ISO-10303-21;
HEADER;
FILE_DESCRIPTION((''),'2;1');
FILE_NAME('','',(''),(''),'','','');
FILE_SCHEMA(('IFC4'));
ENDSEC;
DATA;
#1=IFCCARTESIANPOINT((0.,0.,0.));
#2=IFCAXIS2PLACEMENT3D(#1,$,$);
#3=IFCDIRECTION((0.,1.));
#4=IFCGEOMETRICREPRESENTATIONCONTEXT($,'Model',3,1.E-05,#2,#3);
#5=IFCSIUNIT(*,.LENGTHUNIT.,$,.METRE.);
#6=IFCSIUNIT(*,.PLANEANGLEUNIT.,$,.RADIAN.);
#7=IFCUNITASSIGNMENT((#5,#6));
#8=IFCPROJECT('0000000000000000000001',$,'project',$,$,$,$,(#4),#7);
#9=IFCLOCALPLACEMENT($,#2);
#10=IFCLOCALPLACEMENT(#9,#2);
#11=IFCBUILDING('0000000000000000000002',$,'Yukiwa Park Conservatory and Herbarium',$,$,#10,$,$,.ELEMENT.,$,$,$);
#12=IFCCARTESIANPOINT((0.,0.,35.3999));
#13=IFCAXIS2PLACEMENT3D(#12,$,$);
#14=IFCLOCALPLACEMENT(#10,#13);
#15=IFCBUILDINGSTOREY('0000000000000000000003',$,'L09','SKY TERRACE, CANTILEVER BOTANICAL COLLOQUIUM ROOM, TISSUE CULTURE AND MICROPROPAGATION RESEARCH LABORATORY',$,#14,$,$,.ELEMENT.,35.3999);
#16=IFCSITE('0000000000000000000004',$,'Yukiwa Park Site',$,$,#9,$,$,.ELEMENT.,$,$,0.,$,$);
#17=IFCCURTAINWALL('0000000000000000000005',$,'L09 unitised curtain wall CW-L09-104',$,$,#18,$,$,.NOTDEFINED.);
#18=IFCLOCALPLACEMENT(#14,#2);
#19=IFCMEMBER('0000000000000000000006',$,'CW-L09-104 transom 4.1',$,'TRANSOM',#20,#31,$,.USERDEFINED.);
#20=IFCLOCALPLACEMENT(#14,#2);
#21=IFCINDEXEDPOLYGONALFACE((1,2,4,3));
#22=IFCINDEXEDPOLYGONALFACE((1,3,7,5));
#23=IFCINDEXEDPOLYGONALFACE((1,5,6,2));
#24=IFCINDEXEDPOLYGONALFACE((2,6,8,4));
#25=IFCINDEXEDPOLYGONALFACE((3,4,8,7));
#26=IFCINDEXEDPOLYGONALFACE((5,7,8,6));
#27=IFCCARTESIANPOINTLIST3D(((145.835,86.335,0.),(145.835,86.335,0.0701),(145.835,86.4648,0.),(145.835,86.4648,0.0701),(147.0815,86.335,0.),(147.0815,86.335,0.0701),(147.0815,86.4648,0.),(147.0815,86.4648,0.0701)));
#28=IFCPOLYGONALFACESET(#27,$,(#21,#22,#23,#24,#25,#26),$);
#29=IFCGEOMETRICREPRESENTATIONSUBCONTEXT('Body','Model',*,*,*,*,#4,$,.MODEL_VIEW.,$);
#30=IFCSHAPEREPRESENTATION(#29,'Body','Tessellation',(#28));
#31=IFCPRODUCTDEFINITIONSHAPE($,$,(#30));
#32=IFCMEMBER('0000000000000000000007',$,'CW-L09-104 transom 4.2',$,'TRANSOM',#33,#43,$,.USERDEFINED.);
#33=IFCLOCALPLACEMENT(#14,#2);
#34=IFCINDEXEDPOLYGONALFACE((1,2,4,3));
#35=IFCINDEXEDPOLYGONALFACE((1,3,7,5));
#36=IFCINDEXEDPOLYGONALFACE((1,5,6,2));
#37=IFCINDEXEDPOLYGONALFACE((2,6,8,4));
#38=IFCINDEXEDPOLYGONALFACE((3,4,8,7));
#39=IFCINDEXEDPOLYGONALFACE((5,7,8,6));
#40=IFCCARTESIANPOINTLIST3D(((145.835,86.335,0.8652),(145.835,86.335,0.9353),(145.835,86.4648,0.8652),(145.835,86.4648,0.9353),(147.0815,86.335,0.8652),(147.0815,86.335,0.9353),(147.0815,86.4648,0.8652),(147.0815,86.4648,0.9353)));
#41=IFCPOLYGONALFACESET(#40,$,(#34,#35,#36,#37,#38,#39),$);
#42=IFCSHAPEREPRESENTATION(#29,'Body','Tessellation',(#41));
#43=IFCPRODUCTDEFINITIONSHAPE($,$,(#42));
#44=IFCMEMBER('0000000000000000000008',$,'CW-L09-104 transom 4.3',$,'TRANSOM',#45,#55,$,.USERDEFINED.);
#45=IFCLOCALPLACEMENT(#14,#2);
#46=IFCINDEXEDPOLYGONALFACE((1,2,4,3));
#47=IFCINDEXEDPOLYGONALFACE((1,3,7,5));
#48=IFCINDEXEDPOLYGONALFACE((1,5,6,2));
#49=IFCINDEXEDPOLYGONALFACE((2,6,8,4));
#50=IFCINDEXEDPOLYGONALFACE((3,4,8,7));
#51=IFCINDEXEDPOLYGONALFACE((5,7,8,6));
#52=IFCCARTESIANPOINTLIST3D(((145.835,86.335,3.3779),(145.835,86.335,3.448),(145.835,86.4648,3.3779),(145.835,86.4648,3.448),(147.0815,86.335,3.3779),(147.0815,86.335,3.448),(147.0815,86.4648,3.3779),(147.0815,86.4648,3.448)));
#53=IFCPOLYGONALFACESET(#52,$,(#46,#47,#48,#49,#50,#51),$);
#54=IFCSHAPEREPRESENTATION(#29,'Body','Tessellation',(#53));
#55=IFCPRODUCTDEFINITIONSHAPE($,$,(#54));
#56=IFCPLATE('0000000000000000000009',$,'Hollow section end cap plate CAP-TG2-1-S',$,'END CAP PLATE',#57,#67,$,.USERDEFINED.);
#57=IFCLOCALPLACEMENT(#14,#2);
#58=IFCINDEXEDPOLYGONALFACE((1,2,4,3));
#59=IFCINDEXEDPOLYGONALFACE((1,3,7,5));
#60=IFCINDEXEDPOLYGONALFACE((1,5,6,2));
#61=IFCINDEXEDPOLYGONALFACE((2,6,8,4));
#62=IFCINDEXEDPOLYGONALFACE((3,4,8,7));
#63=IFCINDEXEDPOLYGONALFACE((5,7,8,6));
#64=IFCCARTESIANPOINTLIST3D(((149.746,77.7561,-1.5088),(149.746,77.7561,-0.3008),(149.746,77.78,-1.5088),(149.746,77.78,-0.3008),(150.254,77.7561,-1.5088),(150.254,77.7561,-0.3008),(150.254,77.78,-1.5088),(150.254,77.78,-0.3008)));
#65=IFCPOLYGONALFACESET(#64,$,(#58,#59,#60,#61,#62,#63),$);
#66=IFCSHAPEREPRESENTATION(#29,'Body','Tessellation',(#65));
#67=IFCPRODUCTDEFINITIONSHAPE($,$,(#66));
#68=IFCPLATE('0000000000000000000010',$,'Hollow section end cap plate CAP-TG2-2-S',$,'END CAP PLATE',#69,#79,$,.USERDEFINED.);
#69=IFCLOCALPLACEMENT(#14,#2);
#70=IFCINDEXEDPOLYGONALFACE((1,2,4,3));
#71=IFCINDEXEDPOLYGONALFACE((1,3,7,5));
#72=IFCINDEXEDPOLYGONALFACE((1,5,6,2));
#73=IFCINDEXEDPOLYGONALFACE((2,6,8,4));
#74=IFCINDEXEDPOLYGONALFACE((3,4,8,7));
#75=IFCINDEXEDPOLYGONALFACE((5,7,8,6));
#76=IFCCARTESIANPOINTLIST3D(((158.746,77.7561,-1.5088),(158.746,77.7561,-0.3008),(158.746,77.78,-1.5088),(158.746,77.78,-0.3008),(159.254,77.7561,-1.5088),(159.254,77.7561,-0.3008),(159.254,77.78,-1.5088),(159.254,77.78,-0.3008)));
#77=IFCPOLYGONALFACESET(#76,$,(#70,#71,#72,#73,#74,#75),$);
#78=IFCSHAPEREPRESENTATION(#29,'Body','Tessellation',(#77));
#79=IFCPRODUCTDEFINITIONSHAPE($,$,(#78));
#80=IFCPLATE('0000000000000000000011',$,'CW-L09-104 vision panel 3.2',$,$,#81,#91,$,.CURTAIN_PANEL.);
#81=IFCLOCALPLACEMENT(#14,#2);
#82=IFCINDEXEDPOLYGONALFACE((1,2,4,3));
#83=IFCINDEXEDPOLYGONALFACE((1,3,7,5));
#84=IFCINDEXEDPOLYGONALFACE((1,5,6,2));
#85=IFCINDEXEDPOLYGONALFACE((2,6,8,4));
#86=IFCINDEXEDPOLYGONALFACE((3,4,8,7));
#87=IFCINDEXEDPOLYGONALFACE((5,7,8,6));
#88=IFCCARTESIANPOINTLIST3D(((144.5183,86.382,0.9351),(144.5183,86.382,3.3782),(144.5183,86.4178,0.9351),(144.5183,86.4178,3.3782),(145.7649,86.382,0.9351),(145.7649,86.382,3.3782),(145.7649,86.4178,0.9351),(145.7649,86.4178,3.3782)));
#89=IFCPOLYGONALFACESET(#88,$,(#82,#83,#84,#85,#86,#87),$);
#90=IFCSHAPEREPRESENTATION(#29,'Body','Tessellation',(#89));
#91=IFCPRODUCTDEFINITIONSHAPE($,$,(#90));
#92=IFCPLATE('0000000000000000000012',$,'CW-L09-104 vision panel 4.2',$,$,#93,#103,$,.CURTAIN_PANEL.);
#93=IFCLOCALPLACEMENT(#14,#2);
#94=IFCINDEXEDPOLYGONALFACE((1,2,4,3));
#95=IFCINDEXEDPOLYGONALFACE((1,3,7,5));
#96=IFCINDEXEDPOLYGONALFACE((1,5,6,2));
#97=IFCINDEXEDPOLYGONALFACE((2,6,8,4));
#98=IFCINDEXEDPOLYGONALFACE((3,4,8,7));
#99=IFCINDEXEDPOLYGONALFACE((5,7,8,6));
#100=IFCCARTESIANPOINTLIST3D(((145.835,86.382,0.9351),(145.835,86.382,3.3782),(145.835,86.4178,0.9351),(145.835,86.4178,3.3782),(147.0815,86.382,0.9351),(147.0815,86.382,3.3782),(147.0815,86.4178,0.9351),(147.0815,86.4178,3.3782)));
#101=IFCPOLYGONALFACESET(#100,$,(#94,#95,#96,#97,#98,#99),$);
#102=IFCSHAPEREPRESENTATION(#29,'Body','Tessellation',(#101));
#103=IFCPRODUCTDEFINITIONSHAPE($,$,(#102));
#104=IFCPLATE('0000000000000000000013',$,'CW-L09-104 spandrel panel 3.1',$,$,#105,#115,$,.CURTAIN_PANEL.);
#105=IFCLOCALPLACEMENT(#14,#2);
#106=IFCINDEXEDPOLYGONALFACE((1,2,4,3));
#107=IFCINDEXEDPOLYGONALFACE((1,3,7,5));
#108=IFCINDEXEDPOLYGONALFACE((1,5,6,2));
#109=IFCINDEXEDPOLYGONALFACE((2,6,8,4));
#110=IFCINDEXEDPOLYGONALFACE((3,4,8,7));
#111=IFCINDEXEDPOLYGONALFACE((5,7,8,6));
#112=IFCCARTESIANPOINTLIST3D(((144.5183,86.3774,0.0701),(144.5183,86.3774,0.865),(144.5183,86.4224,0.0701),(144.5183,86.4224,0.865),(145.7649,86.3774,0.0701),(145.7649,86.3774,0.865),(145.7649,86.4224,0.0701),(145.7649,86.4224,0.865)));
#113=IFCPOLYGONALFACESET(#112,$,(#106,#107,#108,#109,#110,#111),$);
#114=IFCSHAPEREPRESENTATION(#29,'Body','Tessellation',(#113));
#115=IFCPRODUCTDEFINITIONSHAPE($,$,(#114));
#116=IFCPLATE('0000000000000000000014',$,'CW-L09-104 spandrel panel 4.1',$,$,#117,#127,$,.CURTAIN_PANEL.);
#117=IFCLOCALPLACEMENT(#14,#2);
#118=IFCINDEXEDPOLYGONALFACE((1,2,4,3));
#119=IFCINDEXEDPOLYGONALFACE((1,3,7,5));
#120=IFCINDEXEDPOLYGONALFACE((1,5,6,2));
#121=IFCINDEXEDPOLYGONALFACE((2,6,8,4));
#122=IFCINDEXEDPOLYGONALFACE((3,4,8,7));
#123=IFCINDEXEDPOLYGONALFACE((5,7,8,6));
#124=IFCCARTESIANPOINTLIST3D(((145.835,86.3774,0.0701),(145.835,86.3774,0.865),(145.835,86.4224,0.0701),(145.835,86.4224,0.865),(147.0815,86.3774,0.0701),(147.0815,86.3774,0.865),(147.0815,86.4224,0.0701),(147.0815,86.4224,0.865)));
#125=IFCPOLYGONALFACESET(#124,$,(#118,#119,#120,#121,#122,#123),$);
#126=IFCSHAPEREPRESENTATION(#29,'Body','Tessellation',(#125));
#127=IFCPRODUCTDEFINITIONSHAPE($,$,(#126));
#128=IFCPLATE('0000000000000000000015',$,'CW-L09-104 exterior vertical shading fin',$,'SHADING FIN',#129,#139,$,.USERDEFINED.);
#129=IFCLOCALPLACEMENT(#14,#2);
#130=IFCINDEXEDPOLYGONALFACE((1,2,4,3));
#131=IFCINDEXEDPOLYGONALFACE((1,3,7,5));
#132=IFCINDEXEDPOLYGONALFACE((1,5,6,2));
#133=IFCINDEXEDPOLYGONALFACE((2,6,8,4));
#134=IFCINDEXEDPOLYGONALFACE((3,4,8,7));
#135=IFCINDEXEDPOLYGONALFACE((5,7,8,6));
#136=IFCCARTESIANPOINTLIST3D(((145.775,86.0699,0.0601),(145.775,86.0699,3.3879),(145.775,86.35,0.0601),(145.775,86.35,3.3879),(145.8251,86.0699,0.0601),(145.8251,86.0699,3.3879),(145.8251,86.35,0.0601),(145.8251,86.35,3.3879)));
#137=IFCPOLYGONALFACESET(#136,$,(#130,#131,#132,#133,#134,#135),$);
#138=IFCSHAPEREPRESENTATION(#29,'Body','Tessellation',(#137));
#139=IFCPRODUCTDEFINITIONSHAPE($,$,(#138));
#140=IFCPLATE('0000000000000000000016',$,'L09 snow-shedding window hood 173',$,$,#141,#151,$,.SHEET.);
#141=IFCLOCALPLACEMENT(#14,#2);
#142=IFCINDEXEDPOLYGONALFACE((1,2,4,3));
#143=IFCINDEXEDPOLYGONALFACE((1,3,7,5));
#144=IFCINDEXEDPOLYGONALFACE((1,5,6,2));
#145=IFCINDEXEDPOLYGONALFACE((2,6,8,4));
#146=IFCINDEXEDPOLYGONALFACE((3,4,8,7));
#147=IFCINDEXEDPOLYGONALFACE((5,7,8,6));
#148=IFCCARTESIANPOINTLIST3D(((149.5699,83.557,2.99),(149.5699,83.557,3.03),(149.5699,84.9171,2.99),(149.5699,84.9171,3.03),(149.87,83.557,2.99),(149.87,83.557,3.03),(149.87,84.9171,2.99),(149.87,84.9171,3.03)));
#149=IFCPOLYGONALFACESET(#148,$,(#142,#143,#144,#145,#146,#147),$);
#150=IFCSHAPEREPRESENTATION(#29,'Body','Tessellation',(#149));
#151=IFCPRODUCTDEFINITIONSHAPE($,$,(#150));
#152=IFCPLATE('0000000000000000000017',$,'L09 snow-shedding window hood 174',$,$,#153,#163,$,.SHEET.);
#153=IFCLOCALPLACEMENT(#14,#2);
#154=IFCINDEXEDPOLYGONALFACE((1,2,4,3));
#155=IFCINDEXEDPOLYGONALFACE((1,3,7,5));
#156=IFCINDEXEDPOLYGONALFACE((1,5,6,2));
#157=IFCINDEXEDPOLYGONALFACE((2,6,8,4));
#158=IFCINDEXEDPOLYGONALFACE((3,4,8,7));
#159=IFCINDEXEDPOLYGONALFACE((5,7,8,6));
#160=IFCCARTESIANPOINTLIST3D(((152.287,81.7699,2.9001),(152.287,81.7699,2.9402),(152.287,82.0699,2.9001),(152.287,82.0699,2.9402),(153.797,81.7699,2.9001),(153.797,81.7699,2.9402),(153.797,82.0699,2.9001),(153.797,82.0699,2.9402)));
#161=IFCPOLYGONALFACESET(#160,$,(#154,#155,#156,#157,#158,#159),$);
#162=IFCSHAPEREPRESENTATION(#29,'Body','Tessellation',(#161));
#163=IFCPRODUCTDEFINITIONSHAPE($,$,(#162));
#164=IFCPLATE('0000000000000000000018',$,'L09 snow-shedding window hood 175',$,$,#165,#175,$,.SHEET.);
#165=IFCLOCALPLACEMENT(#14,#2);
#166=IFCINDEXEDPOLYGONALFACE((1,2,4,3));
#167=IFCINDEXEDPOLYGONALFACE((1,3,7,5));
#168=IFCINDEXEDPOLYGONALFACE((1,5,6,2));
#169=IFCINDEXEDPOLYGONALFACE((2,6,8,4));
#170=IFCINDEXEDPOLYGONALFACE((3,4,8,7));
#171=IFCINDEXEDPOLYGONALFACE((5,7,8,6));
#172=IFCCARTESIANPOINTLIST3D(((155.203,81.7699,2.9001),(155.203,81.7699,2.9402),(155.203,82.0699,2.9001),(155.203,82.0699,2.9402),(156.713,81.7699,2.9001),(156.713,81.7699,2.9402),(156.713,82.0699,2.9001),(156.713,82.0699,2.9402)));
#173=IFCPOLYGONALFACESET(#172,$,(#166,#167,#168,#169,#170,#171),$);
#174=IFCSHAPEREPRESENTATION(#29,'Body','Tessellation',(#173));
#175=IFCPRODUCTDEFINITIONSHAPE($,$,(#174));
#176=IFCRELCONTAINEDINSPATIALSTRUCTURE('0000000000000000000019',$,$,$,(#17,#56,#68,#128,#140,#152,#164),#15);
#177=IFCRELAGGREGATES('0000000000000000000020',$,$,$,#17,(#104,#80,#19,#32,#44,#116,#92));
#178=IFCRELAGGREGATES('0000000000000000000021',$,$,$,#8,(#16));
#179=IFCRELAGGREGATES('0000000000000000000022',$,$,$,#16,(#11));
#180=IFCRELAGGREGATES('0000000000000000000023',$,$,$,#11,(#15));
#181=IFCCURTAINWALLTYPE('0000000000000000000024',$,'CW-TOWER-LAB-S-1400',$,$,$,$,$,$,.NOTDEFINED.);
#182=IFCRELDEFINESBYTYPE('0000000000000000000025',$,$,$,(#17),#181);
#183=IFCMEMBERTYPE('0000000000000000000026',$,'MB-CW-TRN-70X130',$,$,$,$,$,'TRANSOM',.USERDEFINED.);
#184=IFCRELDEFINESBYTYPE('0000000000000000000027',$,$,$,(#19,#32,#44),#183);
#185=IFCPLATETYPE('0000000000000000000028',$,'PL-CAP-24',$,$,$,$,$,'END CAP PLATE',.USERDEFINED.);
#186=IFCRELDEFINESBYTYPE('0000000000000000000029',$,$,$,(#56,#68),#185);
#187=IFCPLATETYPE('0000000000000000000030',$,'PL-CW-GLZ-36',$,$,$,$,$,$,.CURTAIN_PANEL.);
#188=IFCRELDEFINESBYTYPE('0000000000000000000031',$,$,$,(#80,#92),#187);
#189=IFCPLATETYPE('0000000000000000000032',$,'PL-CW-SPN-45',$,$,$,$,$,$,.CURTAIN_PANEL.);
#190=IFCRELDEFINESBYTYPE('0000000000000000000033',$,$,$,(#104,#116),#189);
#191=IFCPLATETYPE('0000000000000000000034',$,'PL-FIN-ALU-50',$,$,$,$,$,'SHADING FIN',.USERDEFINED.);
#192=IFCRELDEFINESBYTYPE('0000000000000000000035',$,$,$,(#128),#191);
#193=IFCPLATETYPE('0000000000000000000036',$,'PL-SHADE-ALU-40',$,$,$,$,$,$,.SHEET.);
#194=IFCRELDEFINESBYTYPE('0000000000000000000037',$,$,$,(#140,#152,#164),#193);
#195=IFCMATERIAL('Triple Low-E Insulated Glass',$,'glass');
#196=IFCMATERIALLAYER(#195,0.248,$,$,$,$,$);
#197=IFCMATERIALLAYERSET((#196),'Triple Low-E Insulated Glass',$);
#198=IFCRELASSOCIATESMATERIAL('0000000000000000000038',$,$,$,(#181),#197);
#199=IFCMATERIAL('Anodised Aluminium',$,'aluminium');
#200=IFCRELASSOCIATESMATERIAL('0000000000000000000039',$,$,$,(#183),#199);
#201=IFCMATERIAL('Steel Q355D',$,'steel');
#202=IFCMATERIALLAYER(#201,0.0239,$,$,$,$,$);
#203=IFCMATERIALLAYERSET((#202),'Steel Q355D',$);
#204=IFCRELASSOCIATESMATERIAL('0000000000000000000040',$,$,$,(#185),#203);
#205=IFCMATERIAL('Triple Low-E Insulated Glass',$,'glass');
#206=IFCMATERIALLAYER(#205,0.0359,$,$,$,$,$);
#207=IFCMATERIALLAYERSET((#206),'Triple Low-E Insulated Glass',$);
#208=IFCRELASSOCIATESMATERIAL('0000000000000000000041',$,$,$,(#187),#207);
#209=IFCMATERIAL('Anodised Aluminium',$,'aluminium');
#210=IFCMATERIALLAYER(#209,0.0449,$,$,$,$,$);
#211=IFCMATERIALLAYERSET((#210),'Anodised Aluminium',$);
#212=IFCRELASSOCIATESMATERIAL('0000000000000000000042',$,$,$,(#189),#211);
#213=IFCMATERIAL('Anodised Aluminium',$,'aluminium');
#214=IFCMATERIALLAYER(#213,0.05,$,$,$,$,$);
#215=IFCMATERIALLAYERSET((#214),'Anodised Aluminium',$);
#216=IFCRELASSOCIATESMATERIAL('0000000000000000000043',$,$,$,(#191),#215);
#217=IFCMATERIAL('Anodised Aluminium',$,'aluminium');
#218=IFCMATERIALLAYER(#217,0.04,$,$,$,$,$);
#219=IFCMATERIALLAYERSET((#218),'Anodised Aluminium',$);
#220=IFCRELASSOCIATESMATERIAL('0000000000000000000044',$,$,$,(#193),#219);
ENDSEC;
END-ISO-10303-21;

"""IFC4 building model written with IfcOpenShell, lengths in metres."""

from ifc_helpers import new_model, si_unit, direction, frame, origin, origin_2d, place, context, subcontext, project, spatial, rectangle, extrude, material, layer, layer_set, type_object, element, aggregate, save


model = new_model("IFC4")

# Units and contexts
model_context = context("Model", 3, precision=1e-05, world=origin(), true_north=direction((0.0, 1.0)))
body_context = subcontext(model_context, "Body", "Model", "MODEL_VIEW")
ifc_project = project(units=[si_unit("LENGTHUNIT", "METRE"), si_unit("PLANEANGLEUNIT", "RADIAN")], contexts=[model_context])

# Site, building, storey
site_placement = place(None, origin())
site = spatial("IfcSite", under=ifc_project, at=site_placement, Name="Yukiwa Park Site", CompositionType="ELEMENT", RefElevation=0.0)
building_placement = place(site_placement, origin())
building = spatial("IfcBuilding", under=site, at=building_placement, Name="Yukiwa Park Conservatory and Herbarium", CompositionType="ELEMENT")
storey_placement = place(building_placement, frame((0.0, 0.0, 35.3999)))
storey = spatial("IfcBuildingStorey", under=building, at=storey_placement, Name="L09", Description="SKY TERRACE, CANTILEVER BOTANICAL COLLOQUIUM ROOM, TISSUE CULTURE AND MICROPROPAGATION RESEARCH LABORATORY", CompositionType="ELEMENT", Elevation=35.3999)

# Curtain wall, members
ifc_material_1 = material(Name="Triple Low-E Insulated Glass", Category="glass")
ifc_layer_1 = layer(ifc_material_1, 0.248)
ifc_layer_set_1 = layer_set([ifc_layer_1], Name="Triple Low-E Insulated Glass")
curtain_wall_type = type_object("IfcCurtainWallType", Name="CW-TOWER-LAB-S-1400", PredefinedType="NOTDEFINED", material=ifc_layer_set_1)
curtain_wall_placement = place(storey_placement, origin())
curtain_wall = element("IfcCurtainWall", 1, at=curtain_wall_placement, inside=storey, type_object=curtain_wall_type, Name="L09 unitised curtain wall CW-L09-104", PredefinedType="NOTDEFINED")
ifc_material_2 = material(Name="Anodised Aluminium", Category="aluminium")
member_type_1 = type_object("IfcMemberType", Name="MB-CW-TRN-70X130", ElementType="TRANSOM", PredefinedType="USERDEFINED", material=ifc_material_2)
member_1_placement = place(storey_placement, frame((146.4583, 86.3999, 0.0), z_axis=(0.0, 0.0, 1.0), x_axis=(1.0, 0.0, 0.0)))
member_1 = element("IfcMember", 2, at=member_1_placement, type_object=member_type_1, Name="CW-L09-104 transom 4.1", ObjectType="TRANSOM", PredefinedType="USERDEFINED", context=body_context, shape_type="SweptSolid", body=[
    extrude(rectangle(XDim=1.2466, YDim=0.1299, at=origin_2d()), origin(), (0.0, 0.0, 1.0), 0.0701),
])
member_2_placement = place(storey_placement, frame((146.4583, 86.3999, 0.8652), z_axis=(0.0, 0.0, 1.0), x_axis=(1.0, 0.0, 0.0)))
member_2 = element("IfcMember", 3, at=member_2_placement, type_object=member_type_1, Name="CW-L09-104 transom 4.2", ObjectType="TRANSOM", PredefinedType="USERDEFINED", context=body_context, shape_type="SweptSolid", body=[
    extrude(rectangle(XDim=1.2466, YDim=0.1299, at=origin_2d()), origin(), (0.0, 0.0, 1.0), 0.0701),
])
member_3_placement = place(storey_placement, frame((146.4583, 86.3999, 3.3779), z_axis=(0.0, 0.0, 1.0), x_axis=(1.0, 0.0, 0.0)))
member_3 = element("IfcMember", 4, at=member_3_placement, type_object=member_type_1, Name="CW-L09-104 transom 4.3", ObjectType="TRANSOM", PredefinedType="USERDEFINED", context=body_context, shape_type="SweptSolid", body=[
    extrude(rectangle(XDim=1.2466, YDim=0.1299, at=origin_2d()), origin(), (0.0, 0.0, 1.0), 0.0701),
])

# Plates
ifc_material_3 = material(Name="Steel Q355D", Category="steel")
ifc_layer_2 = layer(ifc_material_3, 0.0239)
ifc_layer_set_2 = layer_set([ifc_layer_2], Name="Steel Q355D")
plate_type_1 = type_object("IfcPlateType", Name="PL-CAP-24", ElementType="END CAP PLATE", PredefinedType="USERDEFINED", material=ifc_layer_set_2)
for number, where, z_axis, x_axis, name in (
    (5, (150.0, 77.78, -0.9048), (0.0, -1.0, 0.0), (1.0, 0.0, 0.0), "Hollow section end cap plate CAP-TG2-1-S"),
    (6, (159.0, 77.78, -0.9048), (0.0, -1.0, 0.0), (1.0, 0.0, 0.0), "Hollow section end cap plate CAP-TG2-2-S"),
):
    element("IfcPlate", number, at=place(storey_placement, frame(where, z_axis=z_axis, x_axis=x_axis)), inside=storey, type_object=plate_type_1, Name=name, ObjectType="END CAP PLATE", PredefinedType="USERDEFINED", context=body_context, shape_type="SweptSolid", body=[
        extrude(rectangle(XDim=0.5081, YDim=1.208, at=origin_2d()), origin(), (0.0, 0.0, 1.0), 0.0239),
    ])

# Plates
ifc_material_4 = material(Name="Triple Low-E Insulated Glass", Category="glass")
ifc_layer_3 = layer(ifc_material_4, 0.0359)
ifc_layer_set_3 = layer_set([ifc_layer_3], Name="Triple Low-E Insulated Glass")
plate_type_2 = type_object("IfcPlateType", Name="PL-CW-GLZ-36", PredefinedType="CURTAIN_PANEL", material=ifc_layer_set_3)
plate_1_placement = place(storey_placement, frame((145.1416, 86.3999, 0.9351), z_axis=(0.0, 0.0, 1.0), x_axis=(1.0, 0.0, 0.0)))
plate_1 = element("IfcPlate", 7, at=plate_1_placement, type_object=plate_type_2, Name="CW-L09-104 vision panel 3.2", PredefinedType="CURTAIN_PANEL", context=body_context, shape_type="SweptSolid", body=[
    extrude(rectangle(XDim=1.2466, YDim=0.0359, at=origin_2d()), origin(), (0.0, 0.0, 1.0), 2.4431),
])
plate_2_placement = place(storey_placement, frame((146.4583, 86.3999, 0.9351), z_axis=(0.0, 0.0, 1.0), x_axis=(1.0, 0.0, 0.0)))
plate_2 = element("IfcPlate", 8, at=plate_2_placement, type_object=plate_type_2, Name="CW-L09-104 vision panel 4.2", PredefinedType="CURTAIN_PANEL", context=body_context, shape_type="SweptSolid", body=[
    extrude(rectangle(XDim=1.2466, YDim=0.0359, at=origin_2d()), origin(), (0.0, 0.0, 1.0), 2.4431),
])
ifc_material_5 = material(Name="Anodised Aluminium", Category="aluminium")
ifc_layer_4 = layer(ifc_material_5, 0.0449)
ifc_layer_set_4 = layer_set([ifc_layer_4], Name="Anodised Aluminium")
plate_type_3 = type_object("IfcPlateType", Name="PL-CW-SPN-45", PredefinedType="CURTAIN_PANEL", material=ifc_layer_set_4)
plate_3_placement = place(storey_placement, frame((145.1416, 86.3999, 0.0701), z_axis=(0.0, 0.0, 1.0), x_axis=(1.0, 0.0, 0.0)))
plate_3 = element("IfcPlate", 9, at=plate_3_placement, type_object=plate_type_3, Name="CW-L09-104 spandrel panel 3.1", PredefinedType="CURTAIN_PANEL", context=body_context, shape_type="SweptSolid", body=[
    extrude(rectangle(XDim=1.2466, YDim=0.0449, at=origin_2d()), origin(), (0.0, 0.0, 1.0), 0.7949),
])
plate_4_placement = place(storey_placement, frame((146.4583, 86.3999, 0.0701), z_axis=(0.0, 0.0, 1.0), x_axis=(1.0, 0.0, 0.0)))
plate_4 = element("IfcPlate", 10, at=plate_4_placement, type_object=plate_type_3, Name="CW-L09-104 spandrel panel 4.1", PredefinedType="CURTAIN_PANEL", context=body_context, shape_type="SweptSolid", body=[
    extrude(rectangle(XDim=1.2466, YDim=0.0449, at=origin_2d()), origin(), (0.0, 0.0, 1.0), 0.7949),
])
aggregate(curtain_wall, [plate_3, plate_1, member_1, member_2, member_3, plate_4, plate_2])

# Plates
ifc_material_6 = material(Name="Anodised Aluminium", Category="aluminium")
ifc_layer_5 = layer(ifc_material_6, 0.05)
ifc_layer_set_5 = layer_set([ifc_layer_5], Name="Anodised Aluminium")
plate_type_4 = type_object("IfcPlateType", Name="PL-FIN-ALU-50", ElementType="SHADING FIN", PredefinedType="USERDEFINED", material=ifc_layer_set_5)
plate_5_placement = place(storey_placement, frame((145.8, 86.21, 0.0601), z_axis=(0.0, 0.0, 1.0), x_axis=(1.0, 0.0, 0.0)))
element("IfcPlate", 11, at=plate_5_placement, inside=storey, type_object=plate_type_4, Name="CW-L09-104 exterior vertical shading fin", ObjectType="SHADING FIN", PredefinedType="USERDEFINED", context=body_context, shape_type="SweptSolid", body=[
    extrude(rectangle(XDim=0.05, YDim=0.28, at=origin_2d()), origin(), (0.0, 0.0, 1.0), 3.3279),
])
ifc_material_7 = material(Name="Anodised Aluminium", Category="aluminium")
ifc_layer_6 = layer(ifc_material_7, 0.04)
ifc_layer_set_6 = layer_set([ifc_layer_6], Name="Anodised Aluminium")
plate_type_5 = type_object("IfcPlateType", Name="PL-SHADE-ALU-40", PredefinedType="SHEET", material=ifc_layer_set_6)
plate_6_placement = place(storey_placement, frame((149.72, 84.2371, 2.99), z_axis=(0.0, 0.0, 1.0), x_axis=(0.0, -1.0, 0.0)))
element("IfcPlate", 12, at=plate_6_placement, inside=storey, type_object=plate_type_5, Name="L09 snow-shedding window hood 173", PredefinedType="SHEET", context=body_context, shape_type="SweptSolid", body=[
    extrude(rectangle(XDim=1.3601, YDim=0.3, at=origin_2d()), origin(), (0.0, 0.0, 1.0), 0.04),
])
for number, where, z_axis, x_axis, name in (
    (13, (153.042, 81.9199, 2.9001), (0.0, 0.0, 1.0), (1.0, 0.0, 0.0), "L09 snow-shedding window hood 174"),
    (14, (155.958, 81.9199, 2.9001), (0.0, 0.0, 1.0), (1.0, 0.0, 0.0), "L09 snow-shedding window hood 175"),
):
    element("IfcPlate", number, at=place(storey_placement, frame(where, z_axis=z_axis, x_axis=x_axis)), inside=storey, type_object=plate_type_5, Name=name, PredefinedType="SHEET", context=body_context, shape_type="SweptSolid", body=[
        extrude(rectangle(XDim=1.51, YDim=0.3, at=origin_2d()), origin(), (0.0, 0.0, 1.0), 0.04),
    ])

save(model, "model.ifc")
